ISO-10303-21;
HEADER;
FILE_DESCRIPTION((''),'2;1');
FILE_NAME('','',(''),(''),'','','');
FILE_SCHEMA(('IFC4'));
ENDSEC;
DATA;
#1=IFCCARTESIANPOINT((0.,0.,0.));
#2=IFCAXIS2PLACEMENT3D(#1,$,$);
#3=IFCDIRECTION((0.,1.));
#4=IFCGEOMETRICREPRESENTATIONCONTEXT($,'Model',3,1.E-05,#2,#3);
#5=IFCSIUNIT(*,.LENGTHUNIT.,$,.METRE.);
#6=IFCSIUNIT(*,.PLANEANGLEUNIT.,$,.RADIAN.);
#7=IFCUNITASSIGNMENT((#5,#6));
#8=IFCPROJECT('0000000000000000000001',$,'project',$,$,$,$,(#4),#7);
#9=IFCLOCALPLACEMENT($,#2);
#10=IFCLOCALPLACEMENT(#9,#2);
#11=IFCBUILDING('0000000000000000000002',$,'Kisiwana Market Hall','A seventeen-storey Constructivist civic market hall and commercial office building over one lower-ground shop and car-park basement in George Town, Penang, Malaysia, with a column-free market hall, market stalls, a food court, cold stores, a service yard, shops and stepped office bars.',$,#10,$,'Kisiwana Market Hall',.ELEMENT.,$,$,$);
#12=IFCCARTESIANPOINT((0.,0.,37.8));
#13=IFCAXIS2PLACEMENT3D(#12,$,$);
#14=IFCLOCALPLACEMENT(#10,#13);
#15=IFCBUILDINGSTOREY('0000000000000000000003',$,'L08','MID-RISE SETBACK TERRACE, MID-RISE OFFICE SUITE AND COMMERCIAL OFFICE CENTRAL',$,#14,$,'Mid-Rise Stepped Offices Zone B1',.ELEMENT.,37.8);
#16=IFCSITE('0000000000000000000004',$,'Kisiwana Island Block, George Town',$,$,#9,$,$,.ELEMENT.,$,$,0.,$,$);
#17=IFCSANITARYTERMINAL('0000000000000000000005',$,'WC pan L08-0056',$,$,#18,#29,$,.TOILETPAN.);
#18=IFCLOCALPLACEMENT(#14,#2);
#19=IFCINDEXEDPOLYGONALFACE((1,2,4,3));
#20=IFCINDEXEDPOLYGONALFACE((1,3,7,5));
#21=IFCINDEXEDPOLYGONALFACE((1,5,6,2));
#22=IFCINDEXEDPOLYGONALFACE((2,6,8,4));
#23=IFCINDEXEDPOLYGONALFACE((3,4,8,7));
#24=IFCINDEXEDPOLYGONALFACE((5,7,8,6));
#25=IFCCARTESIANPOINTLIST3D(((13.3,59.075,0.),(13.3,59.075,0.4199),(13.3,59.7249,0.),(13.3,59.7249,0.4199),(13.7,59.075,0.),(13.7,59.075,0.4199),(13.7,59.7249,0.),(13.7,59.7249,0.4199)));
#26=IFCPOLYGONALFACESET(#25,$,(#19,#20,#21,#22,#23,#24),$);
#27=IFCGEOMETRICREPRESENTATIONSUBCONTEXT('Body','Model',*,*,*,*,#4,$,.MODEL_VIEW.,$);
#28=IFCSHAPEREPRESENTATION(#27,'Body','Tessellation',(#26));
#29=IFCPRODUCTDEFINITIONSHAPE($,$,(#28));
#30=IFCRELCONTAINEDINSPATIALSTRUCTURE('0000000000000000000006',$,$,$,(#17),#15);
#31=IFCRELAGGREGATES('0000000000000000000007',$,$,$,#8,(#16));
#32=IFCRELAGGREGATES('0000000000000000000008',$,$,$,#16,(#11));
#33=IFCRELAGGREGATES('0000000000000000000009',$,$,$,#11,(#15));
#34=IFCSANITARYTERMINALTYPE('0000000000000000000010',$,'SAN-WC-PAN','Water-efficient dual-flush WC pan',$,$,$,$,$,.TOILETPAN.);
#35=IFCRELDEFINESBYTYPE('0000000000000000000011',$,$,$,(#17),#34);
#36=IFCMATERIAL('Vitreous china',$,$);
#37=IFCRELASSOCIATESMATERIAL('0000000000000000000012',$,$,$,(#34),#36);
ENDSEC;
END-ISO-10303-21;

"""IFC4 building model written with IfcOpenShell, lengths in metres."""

from ifc_helpers import new_model, si_unit, direction, frame, origin, origin_2d, place, context, subcontext, project, spatial, rectangle, extrude, material, type_object, element, save


model = new_model("IFC4")

# Units and contexts
model_context = context("Model", 3, precision=1e-05, world=origin(), true_north=direction((0.0, 1.0)))
body_context = subcontext(model_context, "Body", "Model", "MODEL_VIEW")
ifc_project = project(units=[si_unit("LENGTHUNIT", "METRE"), si_unit("PLANEANGLEUNIT", "RADIAN")], contexts=[model_context])

# Site, building, storey
site_placement = place(None, origin())
site = spatial("IfcSite", under=ifc_project, at=site_placement, Name="Kisiwana Island Block, George Town", CompositionType="ELEMENT", RefElevation=0.0)
building_placement = place(site_placement, origin())
building = spatial("IfcBuilding", under=site, at=building_placement, Name="Kisiwana Market Hall", Description="A seventeen-storey Constructivist civic market hall and commercial office building over one lower-ground shop and car-park basement in George Town, Penang, Malaysia, with a column-free market hall, market stalls, a food court, cold stores, a service yard, shops and stepped office bars.", LongName="Kisiwana Market Hall", CompositionType="ELEMENT")
storey_placement = place(building_placement, frame((0.0, 0.0, 37.8)))
storey = spatial("IfcBuildingStorey", under=building, at=storey_placement, Name="L08", Description="MID-RISE SETBACK TERRACE, MID-RISE OFFICE SUITE AND COMMERCIAL OFFICE CENTRAL", LongName="Mid-Rise Stepped Offices Zone B1", CompositionType="ELEMENT", Elevation=37.8)

# Sanitary terminal
ifc_material_1 = material(Name="Vitreous china")
sanitary_terminal_type_1 = type_object("IfcSanitaryTerminalType", Name="SAN-WC-PAN", Description="Water-efficient dual-flush WC pan", PredefinedType="TOILETPAN", material=ifc_material_1)
for number, where, z_axis, x_axis, name in (
    (1, (13.5, 59.3999, 0.0), (0.0, 0.0, 1.0), (1.0, 0.0, 0.0), "WC pan L08-0056"),
):
    element("IfcSanitaryTerminal", number, at=place(storey_placement, frame(where, z_axis=z_axis, x_axis=x_axis)), inside=storey, type_object=sanitary_terminal_type_1, Name=name, PredefinedType="TOILETPAN", context=body_context, shape_type="SweptSolid", body=[
        extrude(rectangle(XDim=0.3999, YDim=0.6499, at=origin_2d()), origin(), (0.0, 0.0, 1.0), 0.4199),
    ])

save(model, "model.ifc")
